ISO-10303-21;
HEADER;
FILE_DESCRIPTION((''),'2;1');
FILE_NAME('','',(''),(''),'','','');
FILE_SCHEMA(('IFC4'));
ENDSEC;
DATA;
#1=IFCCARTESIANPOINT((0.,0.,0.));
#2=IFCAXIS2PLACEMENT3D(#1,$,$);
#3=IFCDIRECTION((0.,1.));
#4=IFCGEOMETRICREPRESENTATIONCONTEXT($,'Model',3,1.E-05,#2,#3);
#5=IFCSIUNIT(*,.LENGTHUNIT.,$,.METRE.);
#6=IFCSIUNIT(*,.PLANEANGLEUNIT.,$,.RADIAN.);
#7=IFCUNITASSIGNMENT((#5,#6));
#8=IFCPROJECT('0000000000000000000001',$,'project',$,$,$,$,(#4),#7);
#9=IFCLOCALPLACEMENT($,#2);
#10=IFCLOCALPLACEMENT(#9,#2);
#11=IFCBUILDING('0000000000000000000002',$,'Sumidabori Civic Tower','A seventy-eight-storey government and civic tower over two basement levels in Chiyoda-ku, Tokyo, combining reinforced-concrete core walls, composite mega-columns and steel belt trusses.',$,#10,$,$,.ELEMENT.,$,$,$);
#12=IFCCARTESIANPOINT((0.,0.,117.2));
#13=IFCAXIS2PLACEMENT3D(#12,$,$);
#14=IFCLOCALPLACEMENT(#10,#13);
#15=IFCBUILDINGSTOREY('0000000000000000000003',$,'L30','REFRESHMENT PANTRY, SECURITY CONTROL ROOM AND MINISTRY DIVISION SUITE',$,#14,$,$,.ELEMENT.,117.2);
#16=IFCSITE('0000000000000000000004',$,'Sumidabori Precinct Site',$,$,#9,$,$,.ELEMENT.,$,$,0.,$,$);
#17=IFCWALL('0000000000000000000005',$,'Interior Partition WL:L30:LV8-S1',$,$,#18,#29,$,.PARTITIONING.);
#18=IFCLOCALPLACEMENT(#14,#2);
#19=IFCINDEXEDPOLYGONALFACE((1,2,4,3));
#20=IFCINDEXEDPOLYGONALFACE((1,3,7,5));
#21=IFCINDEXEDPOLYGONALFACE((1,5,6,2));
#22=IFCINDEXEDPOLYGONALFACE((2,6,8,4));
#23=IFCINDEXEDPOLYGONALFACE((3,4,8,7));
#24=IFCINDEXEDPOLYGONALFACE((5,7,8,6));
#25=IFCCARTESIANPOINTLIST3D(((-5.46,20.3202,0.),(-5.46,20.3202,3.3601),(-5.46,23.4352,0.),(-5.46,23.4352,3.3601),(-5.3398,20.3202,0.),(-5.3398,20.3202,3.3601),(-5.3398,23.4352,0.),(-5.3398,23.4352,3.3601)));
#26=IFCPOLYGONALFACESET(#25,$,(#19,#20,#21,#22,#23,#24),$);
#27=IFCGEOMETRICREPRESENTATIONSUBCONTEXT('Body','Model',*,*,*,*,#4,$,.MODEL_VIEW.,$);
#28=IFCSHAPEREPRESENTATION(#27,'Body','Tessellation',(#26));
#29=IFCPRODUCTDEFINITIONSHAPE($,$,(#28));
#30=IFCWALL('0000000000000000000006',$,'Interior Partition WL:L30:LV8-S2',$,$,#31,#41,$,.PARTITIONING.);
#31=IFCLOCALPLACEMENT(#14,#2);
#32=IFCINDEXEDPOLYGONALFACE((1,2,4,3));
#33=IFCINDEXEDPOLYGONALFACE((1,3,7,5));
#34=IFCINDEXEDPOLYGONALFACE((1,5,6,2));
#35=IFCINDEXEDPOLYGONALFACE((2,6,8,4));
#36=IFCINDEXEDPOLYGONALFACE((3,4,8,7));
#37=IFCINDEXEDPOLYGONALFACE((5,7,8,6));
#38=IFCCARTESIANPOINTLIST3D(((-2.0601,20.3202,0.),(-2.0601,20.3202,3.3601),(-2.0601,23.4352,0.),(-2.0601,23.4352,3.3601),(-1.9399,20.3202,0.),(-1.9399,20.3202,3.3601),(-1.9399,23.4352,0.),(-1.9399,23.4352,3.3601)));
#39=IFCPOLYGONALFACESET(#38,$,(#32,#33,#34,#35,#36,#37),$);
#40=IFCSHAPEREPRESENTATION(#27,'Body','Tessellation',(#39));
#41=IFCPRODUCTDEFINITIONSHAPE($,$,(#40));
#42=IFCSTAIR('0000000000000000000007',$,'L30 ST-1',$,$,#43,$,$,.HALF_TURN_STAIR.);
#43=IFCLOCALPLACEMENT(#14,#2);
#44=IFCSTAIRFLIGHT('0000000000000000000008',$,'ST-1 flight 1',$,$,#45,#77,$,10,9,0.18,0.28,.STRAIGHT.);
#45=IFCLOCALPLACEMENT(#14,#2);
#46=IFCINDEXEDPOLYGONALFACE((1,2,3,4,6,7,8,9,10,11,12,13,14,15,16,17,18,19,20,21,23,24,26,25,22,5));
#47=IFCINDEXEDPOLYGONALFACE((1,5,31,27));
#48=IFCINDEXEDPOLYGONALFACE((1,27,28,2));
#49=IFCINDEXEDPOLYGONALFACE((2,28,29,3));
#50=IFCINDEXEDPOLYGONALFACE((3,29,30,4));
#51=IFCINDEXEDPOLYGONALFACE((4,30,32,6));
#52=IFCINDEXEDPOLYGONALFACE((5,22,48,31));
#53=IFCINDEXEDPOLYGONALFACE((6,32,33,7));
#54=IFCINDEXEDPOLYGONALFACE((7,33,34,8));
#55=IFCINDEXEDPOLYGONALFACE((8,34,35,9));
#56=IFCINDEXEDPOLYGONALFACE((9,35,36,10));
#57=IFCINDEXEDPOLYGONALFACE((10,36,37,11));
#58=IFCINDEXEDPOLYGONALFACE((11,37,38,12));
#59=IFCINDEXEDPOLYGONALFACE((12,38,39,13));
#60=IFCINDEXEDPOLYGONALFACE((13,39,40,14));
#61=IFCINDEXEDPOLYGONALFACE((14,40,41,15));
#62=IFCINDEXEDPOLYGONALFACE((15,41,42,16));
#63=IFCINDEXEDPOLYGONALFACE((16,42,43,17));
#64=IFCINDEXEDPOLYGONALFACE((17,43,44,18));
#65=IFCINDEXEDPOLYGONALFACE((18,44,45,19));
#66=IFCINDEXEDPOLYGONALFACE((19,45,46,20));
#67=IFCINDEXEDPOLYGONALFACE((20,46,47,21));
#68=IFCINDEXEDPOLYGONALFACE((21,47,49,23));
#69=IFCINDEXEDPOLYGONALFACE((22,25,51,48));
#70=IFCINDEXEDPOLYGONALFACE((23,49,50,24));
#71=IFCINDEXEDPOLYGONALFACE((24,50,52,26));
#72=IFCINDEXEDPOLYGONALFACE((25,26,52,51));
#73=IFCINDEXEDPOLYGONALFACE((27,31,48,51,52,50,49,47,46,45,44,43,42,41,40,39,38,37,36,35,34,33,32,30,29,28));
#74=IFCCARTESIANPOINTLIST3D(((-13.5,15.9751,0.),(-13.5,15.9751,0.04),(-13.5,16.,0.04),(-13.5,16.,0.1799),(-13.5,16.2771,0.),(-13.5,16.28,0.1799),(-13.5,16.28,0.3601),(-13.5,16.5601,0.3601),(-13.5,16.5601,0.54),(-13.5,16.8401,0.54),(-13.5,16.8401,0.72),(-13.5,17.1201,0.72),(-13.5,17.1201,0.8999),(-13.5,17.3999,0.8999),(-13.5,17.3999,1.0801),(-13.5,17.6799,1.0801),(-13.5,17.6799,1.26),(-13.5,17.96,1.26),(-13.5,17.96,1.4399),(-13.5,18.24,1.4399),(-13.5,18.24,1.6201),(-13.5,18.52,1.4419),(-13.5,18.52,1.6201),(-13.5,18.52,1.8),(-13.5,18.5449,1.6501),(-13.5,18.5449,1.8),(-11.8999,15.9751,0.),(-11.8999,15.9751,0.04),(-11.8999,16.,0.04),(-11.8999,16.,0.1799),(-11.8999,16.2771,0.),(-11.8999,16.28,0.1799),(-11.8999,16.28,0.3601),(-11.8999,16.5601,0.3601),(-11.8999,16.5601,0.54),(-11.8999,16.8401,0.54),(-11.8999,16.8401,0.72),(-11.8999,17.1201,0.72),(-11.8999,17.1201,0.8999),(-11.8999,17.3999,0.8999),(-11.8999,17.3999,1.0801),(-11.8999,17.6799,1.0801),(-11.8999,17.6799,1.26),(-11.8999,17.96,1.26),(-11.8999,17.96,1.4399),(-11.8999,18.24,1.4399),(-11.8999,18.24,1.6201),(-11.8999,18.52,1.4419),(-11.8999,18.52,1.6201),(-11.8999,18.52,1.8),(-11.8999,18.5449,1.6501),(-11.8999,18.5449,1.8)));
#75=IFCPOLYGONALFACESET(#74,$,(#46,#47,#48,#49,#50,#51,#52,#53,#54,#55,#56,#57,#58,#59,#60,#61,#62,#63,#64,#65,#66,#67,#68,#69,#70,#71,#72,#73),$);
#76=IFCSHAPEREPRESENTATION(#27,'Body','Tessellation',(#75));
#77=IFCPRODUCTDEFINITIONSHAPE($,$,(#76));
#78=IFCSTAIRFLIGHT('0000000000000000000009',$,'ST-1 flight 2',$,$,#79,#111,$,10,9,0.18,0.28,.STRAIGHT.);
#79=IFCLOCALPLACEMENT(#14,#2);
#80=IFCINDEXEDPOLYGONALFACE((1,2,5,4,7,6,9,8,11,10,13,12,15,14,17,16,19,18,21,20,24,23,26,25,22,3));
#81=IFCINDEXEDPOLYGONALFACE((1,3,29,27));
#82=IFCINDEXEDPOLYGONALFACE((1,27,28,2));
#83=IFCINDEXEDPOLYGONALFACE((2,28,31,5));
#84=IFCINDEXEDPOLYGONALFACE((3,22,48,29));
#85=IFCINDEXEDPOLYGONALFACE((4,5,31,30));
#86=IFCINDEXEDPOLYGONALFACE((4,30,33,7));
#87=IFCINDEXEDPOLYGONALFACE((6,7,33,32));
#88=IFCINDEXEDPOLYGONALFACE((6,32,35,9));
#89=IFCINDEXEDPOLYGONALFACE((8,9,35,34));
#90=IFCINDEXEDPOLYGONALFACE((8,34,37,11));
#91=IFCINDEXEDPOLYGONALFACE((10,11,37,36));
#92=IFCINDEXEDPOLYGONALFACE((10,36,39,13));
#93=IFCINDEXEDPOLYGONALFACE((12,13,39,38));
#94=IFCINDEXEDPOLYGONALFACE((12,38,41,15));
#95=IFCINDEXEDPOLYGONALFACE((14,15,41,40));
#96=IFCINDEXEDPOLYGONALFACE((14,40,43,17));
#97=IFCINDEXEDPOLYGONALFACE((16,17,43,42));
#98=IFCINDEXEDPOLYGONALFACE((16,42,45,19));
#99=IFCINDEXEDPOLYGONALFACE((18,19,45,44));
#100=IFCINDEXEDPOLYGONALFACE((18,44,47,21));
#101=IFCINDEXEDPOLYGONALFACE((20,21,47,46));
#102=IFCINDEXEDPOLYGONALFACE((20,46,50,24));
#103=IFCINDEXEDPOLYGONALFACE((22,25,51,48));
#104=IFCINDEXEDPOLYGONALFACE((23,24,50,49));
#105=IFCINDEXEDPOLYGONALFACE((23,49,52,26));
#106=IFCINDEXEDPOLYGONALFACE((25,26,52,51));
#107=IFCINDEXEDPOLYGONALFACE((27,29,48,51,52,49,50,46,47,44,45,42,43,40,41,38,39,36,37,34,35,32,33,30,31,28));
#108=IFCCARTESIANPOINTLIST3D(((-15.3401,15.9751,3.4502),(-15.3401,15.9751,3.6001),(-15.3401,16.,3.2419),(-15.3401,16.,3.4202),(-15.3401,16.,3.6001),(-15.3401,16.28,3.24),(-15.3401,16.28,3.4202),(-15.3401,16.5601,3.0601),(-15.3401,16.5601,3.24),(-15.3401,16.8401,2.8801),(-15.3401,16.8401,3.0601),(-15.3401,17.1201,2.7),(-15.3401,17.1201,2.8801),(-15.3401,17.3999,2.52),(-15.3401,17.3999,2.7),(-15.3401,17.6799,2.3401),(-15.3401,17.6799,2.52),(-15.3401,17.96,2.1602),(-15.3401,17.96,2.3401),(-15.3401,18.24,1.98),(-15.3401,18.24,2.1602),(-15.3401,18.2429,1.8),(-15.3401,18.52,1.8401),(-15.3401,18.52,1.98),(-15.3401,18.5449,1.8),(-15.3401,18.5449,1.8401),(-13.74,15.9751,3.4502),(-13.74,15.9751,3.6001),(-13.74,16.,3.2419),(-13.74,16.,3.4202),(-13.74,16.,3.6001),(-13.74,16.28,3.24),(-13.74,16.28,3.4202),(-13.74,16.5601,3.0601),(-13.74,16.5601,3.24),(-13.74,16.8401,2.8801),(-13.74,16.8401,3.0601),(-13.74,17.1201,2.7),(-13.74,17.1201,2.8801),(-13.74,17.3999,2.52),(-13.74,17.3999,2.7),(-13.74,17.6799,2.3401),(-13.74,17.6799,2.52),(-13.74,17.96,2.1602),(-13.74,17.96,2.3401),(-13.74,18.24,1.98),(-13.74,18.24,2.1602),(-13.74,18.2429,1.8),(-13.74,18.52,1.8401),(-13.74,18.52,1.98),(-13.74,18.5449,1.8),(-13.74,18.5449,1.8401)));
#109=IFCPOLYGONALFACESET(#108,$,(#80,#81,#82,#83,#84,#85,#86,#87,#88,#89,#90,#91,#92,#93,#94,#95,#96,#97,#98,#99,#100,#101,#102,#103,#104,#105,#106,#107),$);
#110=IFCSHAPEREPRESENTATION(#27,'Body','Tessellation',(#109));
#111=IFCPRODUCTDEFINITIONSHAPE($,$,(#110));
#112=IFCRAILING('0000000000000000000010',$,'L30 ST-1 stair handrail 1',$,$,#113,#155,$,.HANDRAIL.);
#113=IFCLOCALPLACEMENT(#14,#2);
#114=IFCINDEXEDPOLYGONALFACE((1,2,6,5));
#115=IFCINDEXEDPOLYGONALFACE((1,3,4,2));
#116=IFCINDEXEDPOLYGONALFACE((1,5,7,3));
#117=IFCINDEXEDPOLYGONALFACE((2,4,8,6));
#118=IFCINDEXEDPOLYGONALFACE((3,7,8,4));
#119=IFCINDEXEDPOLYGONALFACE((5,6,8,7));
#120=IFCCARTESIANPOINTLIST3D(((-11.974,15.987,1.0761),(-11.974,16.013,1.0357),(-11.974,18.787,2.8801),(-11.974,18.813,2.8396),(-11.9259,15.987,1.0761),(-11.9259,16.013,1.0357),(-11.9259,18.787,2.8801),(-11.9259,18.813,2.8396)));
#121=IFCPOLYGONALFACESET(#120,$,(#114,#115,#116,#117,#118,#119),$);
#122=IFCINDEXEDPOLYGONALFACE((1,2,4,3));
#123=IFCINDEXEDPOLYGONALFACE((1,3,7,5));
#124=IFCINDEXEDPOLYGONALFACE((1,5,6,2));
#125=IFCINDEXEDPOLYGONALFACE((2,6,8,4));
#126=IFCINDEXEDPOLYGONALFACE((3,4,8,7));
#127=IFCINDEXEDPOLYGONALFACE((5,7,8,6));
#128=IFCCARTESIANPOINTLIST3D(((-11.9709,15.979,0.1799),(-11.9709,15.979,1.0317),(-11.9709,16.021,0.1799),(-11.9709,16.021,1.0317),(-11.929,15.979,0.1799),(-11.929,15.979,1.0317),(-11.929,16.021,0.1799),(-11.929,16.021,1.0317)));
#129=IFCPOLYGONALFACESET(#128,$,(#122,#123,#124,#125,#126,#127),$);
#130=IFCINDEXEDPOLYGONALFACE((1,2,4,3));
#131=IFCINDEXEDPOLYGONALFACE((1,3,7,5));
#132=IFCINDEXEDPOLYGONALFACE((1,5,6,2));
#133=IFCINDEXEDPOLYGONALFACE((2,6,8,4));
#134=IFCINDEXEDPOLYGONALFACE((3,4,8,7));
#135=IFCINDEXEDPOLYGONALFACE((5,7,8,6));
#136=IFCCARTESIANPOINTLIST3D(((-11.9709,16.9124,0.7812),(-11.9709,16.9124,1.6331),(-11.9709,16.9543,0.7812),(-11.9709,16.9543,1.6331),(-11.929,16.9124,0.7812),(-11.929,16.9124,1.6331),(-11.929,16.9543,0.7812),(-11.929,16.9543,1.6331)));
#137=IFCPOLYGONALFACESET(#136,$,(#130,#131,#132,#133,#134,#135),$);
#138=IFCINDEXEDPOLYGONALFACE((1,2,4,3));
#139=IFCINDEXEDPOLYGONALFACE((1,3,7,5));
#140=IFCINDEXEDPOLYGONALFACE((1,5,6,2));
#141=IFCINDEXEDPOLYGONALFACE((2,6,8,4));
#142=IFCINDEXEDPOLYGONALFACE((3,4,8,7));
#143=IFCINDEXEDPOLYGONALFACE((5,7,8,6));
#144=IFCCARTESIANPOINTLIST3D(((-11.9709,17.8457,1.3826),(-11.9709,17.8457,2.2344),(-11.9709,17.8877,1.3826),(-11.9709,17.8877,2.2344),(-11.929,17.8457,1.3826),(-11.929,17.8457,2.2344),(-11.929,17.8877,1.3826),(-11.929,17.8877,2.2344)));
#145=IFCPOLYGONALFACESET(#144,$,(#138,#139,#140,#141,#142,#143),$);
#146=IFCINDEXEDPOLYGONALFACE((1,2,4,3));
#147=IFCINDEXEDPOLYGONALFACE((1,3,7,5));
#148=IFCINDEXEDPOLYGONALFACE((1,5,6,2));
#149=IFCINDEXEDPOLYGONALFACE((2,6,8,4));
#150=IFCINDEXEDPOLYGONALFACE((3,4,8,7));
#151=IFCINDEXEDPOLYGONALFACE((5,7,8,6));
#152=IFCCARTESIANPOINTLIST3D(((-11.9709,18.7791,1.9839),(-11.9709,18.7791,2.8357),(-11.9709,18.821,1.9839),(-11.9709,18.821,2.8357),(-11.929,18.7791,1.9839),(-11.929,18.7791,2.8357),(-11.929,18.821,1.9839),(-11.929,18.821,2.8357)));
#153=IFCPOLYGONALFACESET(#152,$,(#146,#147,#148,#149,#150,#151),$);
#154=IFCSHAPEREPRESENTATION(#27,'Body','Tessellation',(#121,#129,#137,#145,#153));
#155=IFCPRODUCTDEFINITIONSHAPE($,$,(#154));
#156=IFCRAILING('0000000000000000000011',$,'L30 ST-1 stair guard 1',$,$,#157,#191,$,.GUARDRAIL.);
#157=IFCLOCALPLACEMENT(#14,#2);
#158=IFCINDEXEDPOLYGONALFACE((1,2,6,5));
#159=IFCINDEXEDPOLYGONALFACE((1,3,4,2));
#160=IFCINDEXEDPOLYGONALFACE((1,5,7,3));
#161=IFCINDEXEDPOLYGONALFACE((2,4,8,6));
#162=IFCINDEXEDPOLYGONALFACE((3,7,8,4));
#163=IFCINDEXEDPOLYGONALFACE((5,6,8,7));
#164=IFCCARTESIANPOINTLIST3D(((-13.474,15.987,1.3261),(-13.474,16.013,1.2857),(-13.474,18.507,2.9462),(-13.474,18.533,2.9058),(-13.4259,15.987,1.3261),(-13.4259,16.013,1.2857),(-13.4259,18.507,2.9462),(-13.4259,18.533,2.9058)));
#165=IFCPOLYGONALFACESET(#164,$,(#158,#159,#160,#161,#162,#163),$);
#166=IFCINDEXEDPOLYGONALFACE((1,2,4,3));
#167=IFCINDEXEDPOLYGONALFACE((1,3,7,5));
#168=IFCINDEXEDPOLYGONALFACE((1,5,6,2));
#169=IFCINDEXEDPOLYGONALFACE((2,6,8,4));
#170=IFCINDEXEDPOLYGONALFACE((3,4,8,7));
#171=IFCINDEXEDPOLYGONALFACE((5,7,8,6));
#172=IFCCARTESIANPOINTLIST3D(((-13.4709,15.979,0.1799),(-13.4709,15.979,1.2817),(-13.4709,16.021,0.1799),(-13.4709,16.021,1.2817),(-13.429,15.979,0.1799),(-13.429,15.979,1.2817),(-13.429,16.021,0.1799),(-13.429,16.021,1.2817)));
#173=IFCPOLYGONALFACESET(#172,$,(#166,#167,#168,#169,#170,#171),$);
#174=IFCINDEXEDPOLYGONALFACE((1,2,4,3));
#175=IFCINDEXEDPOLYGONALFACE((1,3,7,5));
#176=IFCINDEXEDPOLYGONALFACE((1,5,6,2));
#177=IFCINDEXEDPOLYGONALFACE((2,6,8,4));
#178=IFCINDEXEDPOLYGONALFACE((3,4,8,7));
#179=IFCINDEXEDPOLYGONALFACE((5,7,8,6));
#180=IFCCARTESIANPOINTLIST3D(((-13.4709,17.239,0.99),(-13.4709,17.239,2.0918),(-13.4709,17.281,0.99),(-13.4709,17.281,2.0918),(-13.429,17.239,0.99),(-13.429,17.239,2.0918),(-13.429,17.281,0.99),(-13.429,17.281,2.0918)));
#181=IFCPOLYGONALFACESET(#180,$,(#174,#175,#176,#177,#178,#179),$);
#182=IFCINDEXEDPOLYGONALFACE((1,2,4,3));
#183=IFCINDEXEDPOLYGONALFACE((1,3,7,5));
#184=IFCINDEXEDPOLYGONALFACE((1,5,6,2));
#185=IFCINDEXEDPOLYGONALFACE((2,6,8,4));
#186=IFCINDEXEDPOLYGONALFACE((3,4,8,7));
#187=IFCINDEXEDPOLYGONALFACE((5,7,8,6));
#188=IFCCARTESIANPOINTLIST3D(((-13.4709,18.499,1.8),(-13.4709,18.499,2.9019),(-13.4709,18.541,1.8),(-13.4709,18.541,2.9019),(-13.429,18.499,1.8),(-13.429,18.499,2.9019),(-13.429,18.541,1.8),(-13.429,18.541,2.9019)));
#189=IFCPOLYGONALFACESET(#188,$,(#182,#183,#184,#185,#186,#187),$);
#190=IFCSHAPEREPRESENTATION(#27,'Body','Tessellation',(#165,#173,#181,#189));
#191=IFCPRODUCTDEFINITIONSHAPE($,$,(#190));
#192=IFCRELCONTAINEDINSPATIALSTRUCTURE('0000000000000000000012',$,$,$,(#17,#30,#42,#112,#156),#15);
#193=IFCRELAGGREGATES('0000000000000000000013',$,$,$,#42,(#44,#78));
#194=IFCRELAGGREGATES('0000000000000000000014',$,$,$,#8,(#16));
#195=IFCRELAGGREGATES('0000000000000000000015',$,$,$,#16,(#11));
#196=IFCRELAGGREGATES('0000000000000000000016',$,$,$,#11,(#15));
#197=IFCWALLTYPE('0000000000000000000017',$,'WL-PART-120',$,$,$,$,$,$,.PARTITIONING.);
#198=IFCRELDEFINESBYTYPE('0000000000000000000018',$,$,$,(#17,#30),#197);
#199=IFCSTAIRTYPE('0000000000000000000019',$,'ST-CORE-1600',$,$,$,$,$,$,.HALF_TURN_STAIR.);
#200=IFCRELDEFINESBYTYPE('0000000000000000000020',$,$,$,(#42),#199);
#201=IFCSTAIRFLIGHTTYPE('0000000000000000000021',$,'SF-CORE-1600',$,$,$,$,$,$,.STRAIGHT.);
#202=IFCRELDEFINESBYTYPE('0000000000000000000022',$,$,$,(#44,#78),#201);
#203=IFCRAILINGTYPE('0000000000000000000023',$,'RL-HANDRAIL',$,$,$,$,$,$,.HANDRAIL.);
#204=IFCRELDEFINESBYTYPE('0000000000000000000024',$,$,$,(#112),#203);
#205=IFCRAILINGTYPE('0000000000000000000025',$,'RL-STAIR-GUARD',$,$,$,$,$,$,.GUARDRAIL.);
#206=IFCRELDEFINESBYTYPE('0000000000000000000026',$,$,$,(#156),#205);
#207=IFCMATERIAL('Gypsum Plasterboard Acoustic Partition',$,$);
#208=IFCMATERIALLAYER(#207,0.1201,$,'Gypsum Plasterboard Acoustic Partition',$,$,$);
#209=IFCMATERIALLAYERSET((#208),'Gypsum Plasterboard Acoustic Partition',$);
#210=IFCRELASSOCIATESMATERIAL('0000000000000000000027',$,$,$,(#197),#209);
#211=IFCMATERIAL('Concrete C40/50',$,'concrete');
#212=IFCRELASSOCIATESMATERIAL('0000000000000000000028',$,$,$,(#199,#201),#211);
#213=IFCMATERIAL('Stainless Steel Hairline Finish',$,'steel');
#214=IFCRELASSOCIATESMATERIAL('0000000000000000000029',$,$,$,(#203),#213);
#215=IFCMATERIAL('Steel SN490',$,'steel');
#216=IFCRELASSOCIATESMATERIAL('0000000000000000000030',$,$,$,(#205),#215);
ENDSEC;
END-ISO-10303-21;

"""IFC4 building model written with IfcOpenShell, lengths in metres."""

from ifc_helpers import new_model, si_unit, direction, frame, frame_2d, origin, origin_2d, place, context, subcontext, project, spatial, polyline, rectangle, outline, extrude, source, transform, mapped, material, layer, layer_set, type_object, element, aggregate, save


model = new_model("IFC4")

# Units and contexts
model_context = context("Model", 3, precision=1e-05, world=origin(), true_north=direction((0.0, 1.0)))
body_context = subcontext(model_context, "Body", "Model", "MODEL_VIEW")
ifc_project = project(units=[si_unit("LENGTHUNIT", "METRE"), si_unit("PLANEANGLEUNIT", "RADIAN")], contexts=[model_context])

# Site, building, storey
site_placement = place(None, origin())
site = spatial("IfcSite", under=ifc_project, at=site_placement, Name="Sumidabori Precinct Site", CompositionType="ELEMENT", RefElevation=0.0)
building_placement = place(site_placement, origin())
building = spatial("IfcBuilding", under=site, at=building_placement, Name="Sumidabori Civic Tower", Description="A seventy-eight-storey government and civic tower over two basement levels in Chiyoda-ku, Tokyo, combining reinforced-concrete core walls, composite mega-columns and steel belt trusses.", CompositionType="ELEMENT")
storey_placement = place(building_placement, frame((0.0, 0.0, 117.2)))
storey = spatial("IfcBuildingStorey", under=building, at=storey_placement, Name="L30", Description="REFRESHMENT PANTRY, SECURITY CONTROL ROOM AND MINISTRY DIVISION SUITE", CompositionType="ELEMENT", Elevation=117.2)

# Shared definitions
ifc_material_1 = material(Name="Gypsum Plasterboard Acoustic Partition")

# Walls
ifc_layer_1 = layer(ifc_material_1, 0.1201, Name="Gypsum Plasterboard Acoustic Partition")
ifc_layer_set_1 = layer_set([ifc_layer_1], Name="Gypsum Plasterboard Acoustic Partition")
wall_type_1 = type_object("IfcWallType", Name="WL-PART-120", PredefinedType="PARTITIONING", material=ifc_layer_set_1)
shared_shape_1 = source(origin(), body_context, "Body", "SweptSolid", [
    extrude(rectangle(XDim=3.115, YDim=0.1201, at=frame_2d((1.5576, 0.0))), origin(), (0.0, 0.0, 1.0), 3.3601),
])
for number, where, z_axis, x_axis, name in (
    (1, (-5.3999, 20.3201, 0.0), (0.0, 0.0, 1.0), (0.0, 1.0, 0.0), "Interior Partition WL:L30:LV8-S1"),
    (2, (-2.0, 20.3201, 0.0), (0.0, 0.0, 1.0), (0.0, 1.0, 0.0), "Interior Partition WL:L30:LV8-S2"),
):
    element("IfcWall", number, at=place(storey_placement, frame(where, z_axis=z_axis, x_axis=x_axis)), inside=storey, type_object=wall_type_1, Name=name, PredefinedType="PARTITIONING", context=body_context, shape_type="MappedRepresentation", body=[
        mapped(shared_shape_1, transform((0.0, 0.0, 0.0), x_axis=(1.0, 0.0, 0.0), y_axis=(0.0, 1.0, 0.0), z_axis=(0.0, 0.0, 1.0), scale=1.0)),
    ])

# Stair, stair flights
ifc_material_2 = material(Name="Concrete C40/50", Category="concrete")
stair_type = type_object("IfcStairType", Name="ST-CORE-1600", PredefinedType="HALF_TURN_STAIR", material=ifc_material_2)
stair_placement = place(storey_placement, origin())
stair = element("IfcStair", 3, at=stair_placement, inside=storey, type_object=stair_type, Name="L30 ST-1", PredefinedType="HALF_TURN_STAIR")
stair_flight_type = type_object("IfcStairFlightType", Name="SF-CORE-1600", PredefinedType="STRAIGHT", material=ifc_material_2)
shared_shape_2 = source(origin(), body_context, "Body", "SweptSolid", [
    extrude(outline(polyline([(-0.0249, 0.0), (-0.0249, 0.04), (0.0, 0.04), (0.0, 0.1799), (0.28, 0.1799), (0.28, 0.3601), (0.5601, 0.3601), (0.5601, 0.54), (0.8401, 0.54), (0.8401, 0.72), (1.1201, 0.72), (1.1201, 0.8999), (1.3999, 0.8999), (1.3999, 1.0801), (1.6799, 1.0801), (1.6799, 1.26), (1.96, 1.26), (1.96, 1.4399), (2.24, 1.4399), (2.24, 1.6201), (2.52, 1.6201), (2.52, 1.8), (2.5449, 1.8), (2.5449, 1.6501), (2.52, 1.4419), (0.2771, 0.0), (-0.0249, 0.0)])), frame((0.0, 0.8, 0.0), z_axis=(0.0, -1.0, 0.0), x_axis=(1.0, 0.0, 0.0)), (0.0, 0.0, 1.0), 1.6001),
])
stair_flight_1_placement = place(storey_placement, frame((-12.7, 16.0, 0.0), z_axis=(0.0, 0.0, 1.0), x_axis=(0.0, 1.0, 0.0)))
stair_flight_1 = element("IfcStairFlight", 4, at=stair_flight_1_placement, type_object=stair_flight_type, Name="ST-1 flight 1", NumberOfRisers=10, NumberOfTreads=9, PredefinedType="STRAIGHT", RiserHeight=0.18, TreadLength=0.28, context=body_context, shape_type="MappedRepresentation", body=[
    mapped(shared_shape_2, transform((0.0, 0.0, 0.0), x_axis=(1.0, 0.0, 0.0), y_axis=(0.0, 1.0, 0.0), z_axis=(0.0, 0.0, 1.0), scale=1.0)),
])
stair_flight_2_placement = place(storey_placement, frame((-14.54, 18.52, 1.8), z_axis=(0.0, 0.0, 1.0), x_axis=(0.0, -1.0, 0.0)))
stair_flight_2 = element("IfcStairFlight", 5, at=stair_flight_2_placement, type_object=stair_flight_type, Name="ST-1 flight 2", NumberOfRisers=10, NumberOfTreads=9, PredefinedType="STRAIGHT", RiserHeight=0.18, TreadLength=0.28, context=body_context, shape_type="MappedRepresentation", body=[
    mapped(shared_shape_2, transform((0.0, 0.0, 0.0), x_axis=(1.0, 0.0, 0.0), y_axis=(0.0, 1.0, 0.0), z_axis=(0.0, 0.0, 1.0), scale=1.0)),
])
aggregate(stair, [stair_flight_1, stair_flight_2])

# Railings
ifc_material_3 = material(Name="Stainless Steel Hairline Finish", Category="steel")
railing_type_1 = type_object("IfcRailingType", Name="RL-HANDRAIL", PredefinedType="HANDRAIL", material=ifc_material_3)
railing_1_placement = place(storey_placement, frame((-11.95, 16.0, 0.1799)))
element("IfcRailing", 6, at=railing_1_placement, inside=storey, type_object=railing_type_1, Name="L30 ST-1 stair handrail 1", PredefinedType="HANDRAIL", context=body_context, shape_type="SweptSolid", body=[
    extrude(rectangle(XDim=0.0481, YDim=0.0481, at=origin_2d()), frame((0.0, 0.0, 0.876), z_axis=(0.0, 0.840642, 0.541591), x_axis=(-1.0, 0.0, 0.0)), (0.0, 0.0, 1.0), 3.3308),
    extrude(rectangle(XDim=0.042, YDim=0.042, at=origin_2d()), origin(), (0.0, 0.0, 1.0), 0.8518),
    extrude(rectangle(XDim=0.042, YDim=0.042, at=origin_2d()), frame((0.0, 0.9333, 0.6013)), (0.0, 0.0, 1.0), 0.8518),
    extrude(rectangle(XDim=0.042, YDim=0.042, at=origin_2d()), frame((0.0, 1.8667, 1.2026)), (0.0, 0.0, 1.0), 0.8518),
    extrude(rectangle(XDim=0.042, YDim=0.042, at=origin_2d()), frame((0.0, 2.8, 1.804)), (0.0, 0.0, 1.0), 0.8518),
])
ifc_material_4 = material(Name="Steel SN490", Category="steel")
railing_type_2 = type_object("IfcRailingType", Name="RL-STAIR-GUARD", PredefinedType="GUARDRAIL", material=ifc_material_4)
railing_2_placement = place(storey_placement, frame((-13.45, 16.0, 0.1799)))
element("IfcRailing", 7, at=railing_2_placement, inside=storey, type_object=railing_type_2, Name="L30 ST-1 stair guard 1", PredefinedType="GUARDRAIL", context=body_context, shape_type="SweptSolid", body=[
    extrude(rectangle(XDim=0.0481, YDim=0.0481, at=origin_2d()), frame((0.0, 0.0, 1.126), z_axis=(0.0, 0.841163, 0.540782), x_axis=(-1.0, 0.0, 0.0)), (0.0, 0.0, 1.0), 2.9958),
    extrude(rectangle(XDim=0.042, YDim=0.042, at=origin_2d()), origin(), (0.0, 0.0, 1.0), 1.1018),
    extrude(rectangle(XDim=0.042, YDim=0.042, at=origin_2d()), frame((0.0, 1.26, 0.8101)), (0.0, 0.0, 1.0), 1.1018),
    extrude(rectangle(XDim=0.042, YDim=0.042, at=origin_2d()), frame((0.0, 2.52, 1.6201)), (0.0, 0.0, 1.0), 1.1018),
])

save(model, "model.ifc")
